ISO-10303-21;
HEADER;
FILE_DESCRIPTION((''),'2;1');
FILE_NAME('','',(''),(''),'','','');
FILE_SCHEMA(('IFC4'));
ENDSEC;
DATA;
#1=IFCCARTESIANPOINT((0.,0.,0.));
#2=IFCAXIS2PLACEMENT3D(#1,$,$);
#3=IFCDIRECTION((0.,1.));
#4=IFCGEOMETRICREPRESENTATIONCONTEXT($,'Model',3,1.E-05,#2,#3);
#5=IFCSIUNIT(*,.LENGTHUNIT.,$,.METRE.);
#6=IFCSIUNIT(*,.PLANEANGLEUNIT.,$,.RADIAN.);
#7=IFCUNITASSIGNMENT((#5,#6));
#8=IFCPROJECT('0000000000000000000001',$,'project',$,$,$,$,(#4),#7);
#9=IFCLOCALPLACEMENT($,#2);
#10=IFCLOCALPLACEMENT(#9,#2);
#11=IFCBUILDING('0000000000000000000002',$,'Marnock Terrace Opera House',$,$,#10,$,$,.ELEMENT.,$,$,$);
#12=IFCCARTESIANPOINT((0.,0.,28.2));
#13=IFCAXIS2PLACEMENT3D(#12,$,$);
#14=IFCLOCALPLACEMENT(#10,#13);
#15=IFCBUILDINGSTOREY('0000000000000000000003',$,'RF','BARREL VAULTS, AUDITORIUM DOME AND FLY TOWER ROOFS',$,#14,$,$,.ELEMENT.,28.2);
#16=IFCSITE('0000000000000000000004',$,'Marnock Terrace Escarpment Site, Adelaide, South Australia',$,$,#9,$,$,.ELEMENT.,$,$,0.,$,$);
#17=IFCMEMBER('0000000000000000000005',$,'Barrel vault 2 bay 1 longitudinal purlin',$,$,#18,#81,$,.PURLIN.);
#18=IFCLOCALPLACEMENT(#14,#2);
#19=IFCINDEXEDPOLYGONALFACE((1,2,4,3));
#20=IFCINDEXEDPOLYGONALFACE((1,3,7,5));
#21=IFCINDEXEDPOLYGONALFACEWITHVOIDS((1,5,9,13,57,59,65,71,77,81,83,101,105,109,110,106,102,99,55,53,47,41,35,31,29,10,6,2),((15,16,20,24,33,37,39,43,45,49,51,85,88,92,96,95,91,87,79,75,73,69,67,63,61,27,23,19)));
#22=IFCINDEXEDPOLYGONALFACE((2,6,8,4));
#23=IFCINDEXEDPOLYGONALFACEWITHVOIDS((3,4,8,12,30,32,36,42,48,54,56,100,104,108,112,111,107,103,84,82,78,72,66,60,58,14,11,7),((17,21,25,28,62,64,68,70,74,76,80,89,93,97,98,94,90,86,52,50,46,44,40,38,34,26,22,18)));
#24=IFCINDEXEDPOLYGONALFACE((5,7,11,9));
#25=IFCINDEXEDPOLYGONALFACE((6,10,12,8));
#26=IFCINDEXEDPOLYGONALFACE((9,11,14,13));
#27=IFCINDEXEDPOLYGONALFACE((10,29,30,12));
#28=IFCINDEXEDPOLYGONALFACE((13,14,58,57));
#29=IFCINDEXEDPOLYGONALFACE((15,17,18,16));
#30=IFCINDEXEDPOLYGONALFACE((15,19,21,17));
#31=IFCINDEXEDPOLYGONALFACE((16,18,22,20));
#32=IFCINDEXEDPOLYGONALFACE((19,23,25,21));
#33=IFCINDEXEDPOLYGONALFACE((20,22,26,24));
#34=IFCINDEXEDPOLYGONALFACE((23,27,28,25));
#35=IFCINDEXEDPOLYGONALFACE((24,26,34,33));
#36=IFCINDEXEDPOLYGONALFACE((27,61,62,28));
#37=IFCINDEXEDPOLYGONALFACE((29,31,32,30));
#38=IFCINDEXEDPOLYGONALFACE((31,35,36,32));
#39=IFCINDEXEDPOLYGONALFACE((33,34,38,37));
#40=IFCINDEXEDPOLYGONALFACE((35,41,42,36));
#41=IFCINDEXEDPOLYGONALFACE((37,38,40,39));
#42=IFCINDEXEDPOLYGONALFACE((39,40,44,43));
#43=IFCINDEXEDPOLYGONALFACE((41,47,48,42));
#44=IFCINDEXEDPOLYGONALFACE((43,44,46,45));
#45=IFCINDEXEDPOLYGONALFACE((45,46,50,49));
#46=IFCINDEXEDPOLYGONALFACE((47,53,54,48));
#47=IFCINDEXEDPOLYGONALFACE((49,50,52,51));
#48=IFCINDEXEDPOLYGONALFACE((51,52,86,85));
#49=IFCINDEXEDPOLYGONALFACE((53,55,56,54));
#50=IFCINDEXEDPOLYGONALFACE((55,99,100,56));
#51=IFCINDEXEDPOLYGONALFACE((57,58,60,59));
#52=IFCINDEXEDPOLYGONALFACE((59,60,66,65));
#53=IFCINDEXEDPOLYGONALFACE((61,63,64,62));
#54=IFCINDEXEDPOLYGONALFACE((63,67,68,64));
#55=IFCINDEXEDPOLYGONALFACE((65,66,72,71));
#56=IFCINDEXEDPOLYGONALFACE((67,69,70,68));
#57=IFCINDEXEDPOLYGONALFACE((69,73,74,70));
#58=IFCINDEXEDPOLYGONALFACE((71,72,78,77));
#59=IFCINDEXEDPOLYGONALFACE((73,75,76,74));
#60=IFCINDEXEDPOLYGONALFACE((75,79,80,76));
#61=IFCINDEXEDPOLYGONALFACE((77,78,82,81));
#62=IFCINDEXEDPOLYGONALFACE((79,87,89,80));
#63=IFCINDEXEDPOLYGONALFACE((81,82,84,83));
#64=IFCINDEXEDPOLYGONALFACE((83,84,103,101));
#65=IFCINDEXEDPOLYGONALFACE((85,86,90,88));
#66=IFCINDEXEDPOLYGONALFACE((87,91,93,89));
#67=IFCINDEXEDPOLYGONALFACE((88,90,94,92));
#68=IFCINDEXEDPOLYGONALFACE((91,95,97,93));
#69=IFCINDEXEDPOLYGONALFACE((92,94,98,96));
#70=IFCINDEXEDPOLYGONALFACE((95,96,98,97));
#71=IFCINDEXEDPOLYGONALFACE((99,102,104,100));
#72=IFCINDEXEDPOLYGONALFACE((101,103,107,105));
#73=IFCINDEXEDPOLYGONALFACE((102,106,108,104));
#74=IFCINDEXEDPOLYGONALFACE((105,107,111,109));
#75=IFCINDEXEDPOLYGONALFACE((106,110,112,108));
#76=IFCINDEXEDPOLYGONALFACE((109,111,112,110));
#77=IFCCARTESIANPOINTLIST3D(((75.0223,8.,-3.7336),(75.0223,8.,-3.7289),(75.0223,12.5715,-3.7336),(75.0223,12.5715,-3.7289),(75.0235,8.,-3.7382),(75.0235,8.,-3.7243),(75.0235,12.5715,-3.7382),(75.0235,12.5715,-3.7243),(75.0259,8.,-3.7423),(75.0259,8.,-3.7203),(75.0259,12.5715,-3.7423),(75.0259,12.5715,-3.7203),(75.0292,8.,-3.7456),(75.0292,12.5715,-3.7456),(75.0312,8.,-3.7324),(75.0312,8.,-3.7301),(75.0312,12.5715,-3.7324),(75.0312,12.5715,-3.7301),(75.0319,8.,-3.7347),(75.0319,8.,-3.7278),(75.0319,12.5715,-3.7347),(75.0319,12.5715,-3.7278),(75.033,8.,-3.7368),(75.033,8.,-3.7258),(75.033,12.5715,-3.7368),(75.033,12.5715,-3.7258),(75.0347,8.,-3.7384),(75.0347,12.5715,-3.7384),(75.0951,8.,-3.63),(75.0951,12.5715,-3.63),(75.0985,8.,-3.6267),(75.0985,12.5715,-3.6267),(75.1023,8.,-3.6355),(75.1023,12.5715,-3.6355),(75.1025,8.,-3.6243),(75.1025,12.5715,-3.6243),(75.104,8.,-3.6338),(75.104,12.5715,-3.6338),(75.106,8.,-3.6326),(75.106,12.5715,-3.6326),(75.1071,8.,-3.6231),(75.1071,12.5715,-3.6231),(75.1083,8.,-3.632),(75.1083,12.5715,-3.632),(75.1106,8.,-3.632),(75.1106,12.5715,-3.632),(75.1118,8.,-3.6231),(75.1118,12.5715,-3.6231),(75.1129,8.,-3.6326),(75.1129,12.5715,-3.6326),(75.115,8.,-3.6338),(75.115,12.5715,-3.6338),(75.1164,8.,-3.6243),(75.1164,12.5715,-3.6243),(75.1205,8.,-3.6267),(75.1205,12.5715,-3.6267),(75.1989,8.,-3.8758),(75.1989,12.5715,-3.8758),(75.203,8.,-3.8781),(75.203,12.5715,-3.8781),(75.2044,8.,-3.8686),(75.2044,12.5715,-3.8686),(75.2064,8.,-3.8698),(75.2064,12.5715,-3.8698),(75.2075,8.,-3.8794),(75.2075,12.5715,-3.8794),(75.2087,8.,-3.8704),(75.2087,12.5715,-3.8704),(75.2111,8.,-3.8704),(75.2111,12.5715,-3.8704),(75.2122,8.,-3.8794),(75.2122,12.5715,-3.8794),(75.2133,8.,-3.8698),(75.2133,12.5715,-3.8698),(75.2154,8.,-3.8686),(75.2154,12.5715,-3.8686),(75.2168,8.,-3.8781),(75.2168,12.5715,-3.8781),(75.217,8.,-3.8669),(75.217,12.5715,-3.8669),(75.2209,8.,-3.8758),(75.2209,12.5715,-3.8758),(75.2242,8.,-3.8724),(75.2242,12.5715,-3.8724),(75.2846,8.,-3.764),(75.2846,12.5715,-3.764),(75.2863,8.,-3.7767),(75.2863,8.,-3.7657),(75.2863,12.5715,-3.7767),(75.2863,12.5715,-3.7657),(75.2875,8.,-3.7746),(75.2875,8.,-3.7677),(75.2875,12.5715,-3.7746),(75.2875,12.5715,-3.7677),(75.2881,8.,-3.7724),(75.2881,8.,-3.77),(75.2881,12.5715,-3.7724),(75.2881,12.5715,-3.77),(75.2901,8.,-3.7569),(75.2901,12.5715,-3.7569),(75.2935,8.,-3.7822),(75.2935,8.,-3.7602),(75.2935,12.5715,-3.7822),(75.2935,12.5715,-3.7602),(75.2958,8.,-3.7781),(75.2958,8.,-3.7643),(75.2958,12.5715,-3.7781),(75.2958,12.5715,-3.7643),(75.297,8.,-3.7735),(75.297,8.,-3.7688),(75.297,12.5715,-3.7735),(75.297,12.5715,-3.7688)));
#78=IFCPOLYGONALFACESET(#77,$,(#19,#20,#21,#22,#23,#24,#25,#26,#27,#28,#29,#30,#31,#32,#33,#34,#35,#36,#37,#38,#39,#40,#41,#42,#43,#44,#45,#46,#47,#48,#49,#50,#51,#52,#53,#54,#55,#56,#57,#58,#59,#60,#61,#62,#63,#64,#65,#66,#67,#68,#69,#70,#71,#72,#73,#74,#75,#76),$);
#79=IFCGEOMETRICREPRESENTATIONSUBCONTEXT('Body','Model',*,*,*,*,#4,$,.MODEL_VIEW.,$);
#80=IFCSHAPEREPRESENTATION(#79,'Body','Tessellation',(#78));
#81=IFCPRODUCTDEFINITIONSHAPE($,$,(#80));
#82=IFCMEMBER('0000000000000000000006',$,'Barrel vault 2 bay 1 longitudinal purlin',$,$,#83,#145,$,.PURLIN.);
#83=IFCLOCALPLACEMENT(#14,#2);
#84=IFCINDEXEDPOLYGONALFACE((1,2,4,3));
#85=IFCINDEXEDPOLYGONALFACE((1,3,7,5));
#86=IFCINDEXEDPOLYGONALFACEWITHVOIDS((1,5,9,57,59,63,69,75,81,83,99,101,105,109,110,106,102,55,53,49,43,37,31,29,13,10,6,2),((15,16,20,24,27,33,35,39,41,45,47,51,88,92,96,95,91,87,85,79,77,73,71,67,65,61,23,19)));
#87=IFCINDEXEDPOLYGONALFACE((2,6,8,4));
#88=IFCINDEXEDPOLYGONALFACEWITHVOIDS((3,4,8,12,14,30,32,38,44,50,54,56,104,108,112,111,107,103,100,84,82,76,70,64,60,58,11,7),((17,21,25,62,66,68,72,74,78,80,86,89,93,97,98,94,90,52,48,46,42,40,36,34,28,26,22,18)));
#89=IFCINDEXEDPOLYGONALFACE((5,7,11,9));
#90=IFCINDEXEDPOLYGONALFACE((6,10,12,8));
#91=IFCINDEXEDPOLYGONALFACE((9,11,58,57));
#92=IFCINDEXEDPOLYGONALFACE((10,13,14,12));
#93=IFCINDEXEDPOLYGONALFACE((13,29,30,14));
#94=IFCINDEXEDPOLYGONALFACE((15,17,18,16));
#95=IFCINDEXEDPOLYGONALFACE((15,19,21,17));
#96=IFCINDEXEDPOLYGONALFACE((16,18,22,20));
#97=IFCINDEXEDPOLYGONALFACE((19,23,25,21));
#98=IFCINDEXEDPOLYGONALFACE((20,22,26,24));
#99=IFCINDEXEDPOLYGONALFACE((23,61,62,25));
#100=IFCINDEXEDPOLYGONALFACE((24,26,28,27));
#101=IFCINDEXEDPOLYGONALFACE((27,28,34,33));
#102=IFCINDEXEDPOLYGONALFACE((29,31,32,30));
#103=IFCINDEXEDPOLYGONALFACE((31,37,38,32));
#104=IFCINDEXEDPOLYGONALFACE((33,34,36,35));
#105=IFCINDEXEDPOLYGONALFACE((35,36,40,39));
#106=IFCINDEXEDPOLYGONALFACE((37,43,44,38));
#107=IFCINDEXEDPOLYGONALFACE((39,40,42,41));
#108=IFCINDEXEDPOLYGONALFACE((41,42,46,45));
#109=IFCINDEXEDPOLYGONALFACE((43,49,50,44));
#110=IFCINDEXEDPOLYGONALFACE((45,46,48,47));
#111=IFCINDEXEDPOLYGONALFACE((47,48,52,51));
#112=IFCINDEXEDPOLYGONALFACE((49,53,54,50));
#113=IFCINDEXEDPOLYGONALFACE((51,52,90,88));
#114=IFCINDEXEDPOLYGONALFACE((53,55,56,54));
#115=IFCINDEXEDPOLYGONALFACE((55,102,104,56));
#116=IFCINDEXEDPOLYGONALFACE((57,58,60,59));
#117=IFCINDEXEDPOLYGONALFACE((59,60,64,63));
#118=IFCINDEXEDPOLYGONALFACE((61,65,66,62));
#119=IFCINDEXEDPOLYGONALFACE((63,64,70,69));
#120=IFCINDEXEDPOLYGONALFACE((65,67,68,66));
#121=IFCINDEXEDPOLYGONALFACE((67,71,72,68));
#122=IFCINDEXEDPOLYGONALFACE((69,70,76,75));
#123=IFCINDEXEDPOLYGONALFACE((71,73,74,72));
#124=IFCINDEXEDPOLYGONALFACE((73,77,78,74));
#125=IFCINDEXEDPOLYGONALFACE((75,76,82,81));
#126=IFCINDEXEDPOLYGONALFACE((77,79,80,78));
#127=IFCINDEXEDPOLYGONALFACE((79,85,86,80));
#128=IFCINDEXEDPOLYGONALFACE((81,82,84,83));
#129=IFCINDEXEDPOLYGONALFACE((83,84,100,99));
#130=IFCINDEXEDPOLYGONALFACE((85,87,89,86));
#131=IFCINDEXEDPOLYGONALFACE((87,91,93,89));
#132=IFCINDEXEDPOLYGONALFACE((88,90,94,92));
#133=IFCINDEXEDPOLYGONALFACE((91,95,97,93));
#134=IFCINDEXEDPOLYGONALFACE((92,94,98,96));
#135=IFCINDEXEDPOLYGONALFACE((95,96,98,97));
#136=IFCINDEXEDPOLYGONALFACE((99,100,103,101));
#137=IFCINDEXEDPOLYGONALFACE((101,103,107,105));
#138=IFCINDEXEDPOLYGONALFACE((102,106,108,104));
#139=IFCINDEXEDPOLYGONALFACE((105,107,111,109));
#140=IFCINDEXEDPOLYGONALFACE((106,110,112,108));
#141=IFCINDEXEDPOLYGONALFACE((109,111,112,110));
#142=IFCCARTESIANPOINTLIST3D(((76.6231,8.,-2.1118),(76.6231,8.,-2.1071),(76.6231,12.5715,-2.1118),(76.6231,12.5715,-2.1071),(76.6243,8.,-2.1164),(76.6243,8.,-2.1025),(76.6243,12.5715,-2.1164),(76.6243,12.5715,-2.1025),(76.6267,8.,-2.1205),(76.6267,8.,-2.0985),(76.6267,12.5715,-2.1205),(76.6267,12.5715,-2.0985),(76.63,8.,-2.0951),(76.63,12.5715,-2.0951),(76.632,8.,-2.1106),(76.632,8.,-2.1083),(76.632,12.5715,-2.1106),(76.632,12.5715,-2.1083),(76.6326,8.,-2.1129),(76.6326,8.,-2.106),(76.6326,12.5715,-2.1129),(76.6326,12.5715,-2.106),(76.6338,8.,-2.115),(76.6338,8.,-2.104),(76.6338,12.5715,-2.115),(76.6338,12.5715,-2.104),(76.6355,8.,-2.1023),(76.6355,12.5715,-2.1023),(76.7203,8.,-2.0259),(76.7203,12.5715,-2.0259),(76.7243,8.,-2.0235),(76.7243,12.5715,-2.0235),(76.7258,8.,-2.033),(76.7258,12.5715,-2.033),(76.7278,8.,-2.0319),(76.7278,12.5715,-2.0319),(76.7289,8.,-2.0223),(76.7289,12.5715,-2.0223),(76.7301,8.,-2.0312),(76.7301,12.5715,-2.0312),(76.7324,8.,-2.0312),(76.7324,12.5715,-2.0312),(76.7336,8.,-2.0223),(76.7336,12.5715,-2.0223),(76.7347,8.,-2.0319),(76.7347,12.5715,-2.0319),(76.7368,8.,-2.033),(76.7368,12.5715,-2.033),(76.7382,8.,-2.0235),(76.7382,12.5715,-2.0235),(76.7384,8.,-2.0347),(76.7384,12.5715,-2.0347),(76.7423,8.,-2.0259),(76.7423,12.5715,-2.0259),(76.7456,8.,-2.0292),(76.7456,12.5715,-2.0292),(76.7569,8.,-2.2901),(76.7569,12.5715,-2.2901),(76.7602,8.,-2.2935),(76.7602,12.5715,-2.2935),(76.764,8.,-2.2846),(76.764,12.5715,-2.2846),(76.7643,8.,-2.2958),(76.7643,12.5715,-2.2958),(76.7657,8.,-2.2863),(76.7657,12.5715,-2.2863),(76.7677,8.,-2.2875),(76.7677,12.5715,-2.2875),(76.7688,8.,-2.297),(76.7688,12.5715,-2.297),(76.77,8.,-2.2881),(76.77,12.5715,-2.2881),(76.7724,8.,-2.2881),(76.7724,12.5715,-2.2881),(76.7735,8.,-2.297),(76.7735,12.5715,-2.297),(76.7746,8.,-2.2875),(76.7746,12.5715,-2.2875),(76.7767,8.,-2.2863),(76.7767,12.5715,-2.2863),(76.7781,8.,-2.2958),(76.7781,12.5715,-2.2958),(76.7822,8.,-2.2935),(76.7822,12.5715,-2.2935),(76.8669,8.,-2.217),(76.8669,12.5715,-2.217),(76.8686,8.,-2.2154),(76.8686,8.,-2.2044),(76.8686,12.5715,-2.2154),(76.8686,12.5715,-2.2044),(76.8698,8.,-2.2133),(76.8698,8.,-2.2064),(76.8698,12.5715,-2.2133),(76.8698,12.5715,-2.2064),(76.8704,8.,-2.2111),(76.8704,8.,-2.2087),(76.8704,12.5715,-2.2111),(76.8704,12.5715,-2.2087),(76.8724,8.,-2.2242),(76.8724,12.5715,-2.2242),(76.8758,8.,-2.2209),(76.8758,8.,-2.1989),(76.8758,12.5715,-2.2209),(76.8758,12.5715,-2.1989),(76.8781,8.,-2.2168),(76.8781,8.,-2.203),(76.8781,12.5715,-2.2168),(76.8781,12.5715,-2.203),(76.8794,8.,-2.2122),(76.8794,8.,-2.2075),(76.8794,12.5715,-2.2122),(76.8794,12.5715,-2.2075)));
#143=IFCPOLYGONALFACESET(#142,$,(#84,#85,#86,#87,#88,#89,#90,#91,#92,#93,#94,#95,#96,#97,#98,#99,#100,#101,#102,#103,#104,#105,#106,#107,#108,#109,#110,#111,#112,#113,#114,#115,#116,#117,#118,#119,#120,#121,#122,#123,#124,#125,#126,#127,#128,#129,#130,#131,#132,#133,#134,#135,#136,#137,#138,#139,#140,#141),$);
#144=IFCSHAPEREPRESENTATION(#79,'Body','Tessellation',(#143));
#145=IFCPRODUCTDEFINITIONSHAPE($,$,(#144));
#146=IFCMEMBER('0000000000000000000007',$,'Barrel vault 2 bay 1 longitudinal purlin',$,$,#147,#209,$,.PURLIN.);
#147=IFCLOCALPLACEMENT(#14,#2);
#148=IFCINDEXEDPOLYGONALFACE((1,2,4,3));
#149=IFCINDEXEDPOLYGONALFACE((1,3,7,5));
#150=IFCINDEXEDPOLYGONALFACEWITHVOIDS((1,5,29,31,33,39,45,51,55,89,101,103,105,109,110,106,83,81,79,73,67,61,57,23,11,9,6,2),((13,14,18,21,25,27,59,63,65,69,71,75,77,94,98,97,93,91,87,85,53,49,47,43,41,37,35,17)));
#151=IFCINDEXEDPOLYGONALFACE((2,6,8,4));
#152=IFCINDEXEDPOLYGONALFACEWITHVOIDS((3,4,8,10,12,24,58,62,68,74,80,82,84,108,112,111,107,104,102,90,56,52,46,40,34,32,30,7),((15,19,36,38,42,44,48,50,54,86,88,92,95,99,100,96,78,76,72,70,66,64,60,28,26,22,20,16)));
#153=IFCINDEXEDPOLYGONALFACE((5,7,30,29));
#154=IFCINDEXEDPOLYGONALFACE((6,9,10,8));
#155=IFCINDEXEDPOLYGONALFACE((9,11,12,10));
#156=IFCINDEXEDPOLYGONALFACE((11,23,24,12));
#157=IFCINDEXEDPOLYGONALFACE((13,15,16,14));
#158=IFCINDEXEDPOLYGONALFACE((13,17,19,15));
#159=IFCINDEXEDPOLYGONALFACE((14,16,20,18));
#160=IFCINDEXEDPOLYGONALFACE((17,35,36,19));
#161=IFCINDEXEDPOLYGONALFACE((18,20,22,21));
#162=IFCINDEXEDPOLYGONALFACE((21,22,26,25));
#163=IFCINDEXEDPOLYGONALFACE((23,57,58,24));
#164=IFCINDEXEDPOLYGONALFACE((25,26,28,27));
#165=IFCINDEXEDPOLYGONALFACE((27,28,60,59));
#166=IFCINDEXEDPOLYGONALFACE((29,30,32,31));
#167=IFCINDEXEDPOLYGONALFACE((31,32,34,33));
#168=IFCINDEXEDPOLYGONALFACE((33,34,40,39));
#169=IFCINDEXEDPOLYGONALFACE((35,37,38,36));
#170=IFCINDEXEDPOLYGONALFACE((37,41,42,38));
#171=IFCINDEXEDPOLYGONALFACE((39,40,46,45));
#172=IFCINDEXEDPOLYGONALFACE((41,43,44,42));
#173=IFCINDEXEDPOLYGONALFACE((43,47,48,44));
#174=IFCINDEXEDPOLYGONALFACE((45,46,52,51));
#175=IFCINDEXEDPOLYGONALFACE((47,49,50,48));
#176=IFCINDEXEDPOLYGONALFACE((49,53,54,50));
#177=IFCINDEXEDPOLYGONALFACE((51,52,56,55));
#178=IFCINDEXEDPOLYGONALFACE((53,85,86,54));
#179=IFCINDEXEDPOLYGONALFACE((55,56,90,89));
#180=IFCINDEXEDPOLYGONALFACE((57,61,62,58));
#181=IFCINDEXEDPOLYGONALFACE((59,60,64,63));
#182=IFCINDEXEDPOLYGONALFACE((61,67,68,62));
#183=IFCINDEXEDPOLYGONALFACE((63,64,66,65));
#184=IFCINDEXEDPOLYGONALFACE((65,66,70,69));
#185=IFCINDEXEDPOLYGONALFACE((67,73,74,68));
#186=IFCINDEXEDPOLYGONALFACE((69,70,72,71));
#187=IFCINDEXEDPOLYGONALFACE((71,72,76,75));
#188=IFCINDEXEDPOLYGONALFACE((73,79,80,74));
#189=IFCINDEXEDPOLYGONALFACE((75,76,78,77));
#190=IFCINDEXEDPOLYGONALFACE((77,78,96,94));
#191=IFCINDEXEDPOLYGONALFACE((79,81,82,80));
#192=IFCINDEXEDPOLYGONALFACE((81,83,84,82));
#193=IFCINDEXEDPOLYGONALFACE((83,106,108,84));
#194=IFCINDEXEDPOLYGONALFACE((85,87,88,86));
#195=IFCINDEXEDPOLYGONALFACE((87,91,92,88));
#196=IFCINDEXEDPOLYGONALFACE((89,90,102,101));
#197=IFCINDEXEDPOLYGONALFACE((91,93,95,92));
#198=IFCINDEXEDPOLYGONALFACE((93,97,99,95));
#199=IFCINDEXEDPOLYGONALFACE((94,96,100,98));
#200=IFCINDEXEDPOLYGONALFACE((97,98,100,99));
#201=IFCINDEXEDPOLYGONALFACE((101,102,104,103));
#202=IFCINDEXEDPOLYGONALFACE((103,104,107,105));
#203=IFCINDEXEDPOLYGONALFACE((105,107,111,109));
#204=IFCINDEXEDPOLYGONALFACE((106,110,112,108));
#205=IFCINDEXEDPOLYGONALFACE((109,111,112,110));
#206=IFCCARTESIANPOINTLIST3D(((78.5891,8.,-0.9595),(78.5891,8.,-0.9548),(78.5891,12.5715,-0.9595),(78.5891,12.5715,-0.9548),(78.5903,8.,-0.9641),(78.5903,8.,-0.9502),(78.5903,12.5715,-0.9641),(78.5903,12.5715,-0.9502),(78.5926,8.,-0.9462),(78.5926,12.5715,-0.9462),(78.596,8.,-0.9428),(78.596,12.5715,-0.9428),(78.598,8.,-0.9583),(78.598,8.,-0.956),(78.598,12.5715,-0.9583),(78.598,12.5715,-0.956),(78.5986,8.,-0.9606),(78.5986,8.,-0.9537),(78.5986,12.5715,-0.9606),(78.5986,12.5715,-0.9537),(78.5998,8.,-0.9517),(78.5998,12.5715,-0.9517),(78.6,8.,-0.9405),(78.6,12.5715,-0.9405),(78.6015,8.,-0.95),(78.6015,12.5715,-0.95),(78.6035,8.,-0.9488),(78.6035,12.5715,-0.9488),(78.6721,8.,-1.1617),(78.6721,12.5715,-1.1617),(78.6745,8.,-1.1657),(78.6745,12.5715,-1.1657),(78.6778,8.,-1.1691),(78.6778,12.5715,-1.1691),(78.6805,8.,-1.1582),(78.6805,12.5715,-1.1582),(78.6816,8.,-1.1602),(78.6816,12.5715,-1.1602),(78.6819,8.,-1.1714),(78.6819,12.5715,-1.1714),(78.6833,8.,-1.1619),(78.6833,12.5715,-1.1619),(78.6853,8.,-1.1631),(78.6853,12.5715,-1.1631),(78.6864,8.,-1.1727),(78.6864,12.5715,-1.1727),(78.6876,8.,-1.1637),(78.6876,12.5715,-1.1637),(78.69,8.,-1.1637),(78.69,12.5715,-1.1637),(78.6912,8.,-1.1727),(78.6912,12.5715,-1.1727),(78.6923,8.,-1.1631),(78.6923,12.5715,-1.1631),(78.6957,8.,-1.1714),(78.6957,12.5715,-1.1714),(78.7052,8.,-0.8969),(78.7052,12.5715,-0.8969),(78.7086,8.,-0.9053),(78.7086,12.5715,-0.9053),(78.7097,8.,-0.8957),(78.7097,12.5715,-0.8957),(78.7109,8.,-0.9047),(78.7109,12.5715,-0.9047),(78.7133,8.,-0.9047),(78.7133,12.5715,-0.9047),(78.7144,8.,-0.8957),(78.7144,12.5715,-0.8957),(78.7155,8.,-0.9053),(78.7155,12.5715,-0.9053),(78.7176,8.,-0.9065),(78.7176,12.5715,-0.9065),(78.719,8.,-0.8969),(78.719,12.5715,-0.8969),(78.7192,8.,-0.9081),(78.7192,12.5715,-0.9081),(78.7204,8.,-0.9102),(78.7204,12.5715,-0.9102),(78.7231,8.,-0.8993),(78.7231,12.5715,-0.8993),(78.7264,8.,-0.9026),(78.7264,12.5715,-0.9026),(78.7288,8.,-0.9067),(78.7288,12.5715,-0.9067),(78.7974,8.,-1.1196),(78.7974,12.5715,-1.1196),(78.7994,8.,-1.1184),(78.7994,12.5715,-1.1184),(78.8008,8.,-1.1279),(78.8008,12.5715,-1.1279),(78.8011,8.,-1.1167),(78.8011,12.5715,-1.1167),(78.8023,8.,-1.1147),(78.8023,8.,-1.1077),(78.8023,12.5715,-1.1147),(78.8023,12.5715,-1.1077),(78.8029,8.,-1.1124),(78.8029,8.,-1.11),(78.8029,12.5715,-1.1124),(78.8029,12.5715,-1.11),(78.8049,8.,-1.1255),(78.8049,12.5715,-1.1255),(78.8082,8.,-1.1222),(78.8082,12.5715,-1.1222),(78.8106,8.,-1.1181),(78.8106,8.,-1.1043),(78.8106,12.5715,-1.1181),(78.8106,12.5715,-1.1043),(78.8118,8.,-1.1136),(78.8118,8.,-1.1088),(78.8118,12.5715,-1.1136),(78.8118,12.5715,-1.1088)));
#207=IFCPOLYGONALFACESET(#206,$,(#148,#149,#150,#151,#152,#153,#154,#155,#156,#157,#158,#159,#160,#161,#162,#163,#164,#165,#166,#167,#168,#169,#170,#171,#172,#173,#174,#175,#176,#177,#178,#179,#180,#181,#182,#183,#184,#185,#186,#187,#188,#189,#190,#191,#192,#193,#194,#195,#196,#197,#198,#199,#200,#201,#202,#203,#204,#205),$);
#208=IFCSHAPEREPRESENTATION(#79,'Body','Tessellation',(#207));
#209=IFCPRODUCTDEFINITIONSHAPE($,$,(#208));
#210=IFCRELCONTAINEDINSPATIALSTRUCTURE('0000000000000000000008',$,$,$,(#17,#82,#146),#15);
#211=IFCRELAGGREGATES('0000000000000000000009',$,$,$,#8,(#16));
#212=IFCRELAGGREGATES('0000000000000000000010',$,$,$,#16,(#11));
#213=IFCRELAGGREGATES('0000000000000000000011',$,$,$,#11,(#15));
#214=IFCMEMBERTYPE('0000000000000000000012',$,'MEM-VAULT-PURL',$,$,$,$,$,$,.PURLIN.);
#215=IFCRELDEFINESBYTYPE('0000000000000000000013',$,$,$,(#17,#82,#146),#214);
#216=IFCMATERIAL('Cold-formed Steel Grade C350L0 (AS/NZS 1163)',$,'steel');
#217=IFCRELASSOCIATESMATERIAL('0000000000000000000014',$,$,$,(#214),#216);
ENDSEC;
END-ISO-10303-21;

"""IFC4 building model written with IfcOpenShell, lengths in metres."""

from ifc_helpers import new_model, si_unit, direction, frame, origin, origin_2d, place, context, subcontext, project, spatial, hollow_rectangle, extrude, material, material_profile, profile_set, type_object, element, save


model = new_model("IFC4")

# Units and contexts
model_context = context("Model", 3, precision=1e-05, world=origin(), true_north=direction((0.0, 1.0)))
body_context = subcontext(model_context, "Body", "Model", "MODEL_VIEW")
ifc_project = project(units=[si_unit("LENGTHUNIT", "METRE"), si_unit("PLANEANGLEUNIT", "RADIAN")], contexts=[model_context])

# Site, building, storey
site_placement = place(None, origin())
site = spatial("IfcSite", under=ifc_project, at=site_placement, Name="Marnock Terrace Escarpment Site, Adelaide, South Australia", CompositionType="ELEMENT", RefElevation=0.0)
building_placement = place(site_placement, origin())
building = spatial("IfcBuilding", under=site, at=building_placement, Name="Marnock Terrace Opera House", CompositionType="ELEMENT")
storey_placement = place(building_placement, frame((0.0, 0.0, 28.2)))
storey = spatial("IfcBuildingStorey", under=building, at=storey_placement, Name="RF", Description="BARREL VAULTS, AUDITORIUM DOME AND FLY TOWER ROOFS", CompositionType="ELEMENT", Elevation=28.2)

# Members
ifc_material_1 = material(Name="Cold-formed Steel Grade C350L0 (AS/NZS 1163)", Category="steel")
ifc_material_profile_1 = material_profile(ifc_material_1, hollow_rectangle(XDim=0.1499, YDim=0.25, WallThickness=0.009, InnerFilletRadius=0.009, OuterFilletRadius=0.0181, at=origin_2d()))
ifc_profile_set_1 = profile_set([ifc_material_profile_1], Name="Cold-formed Steel Grade C350L0 (AS/NZS 1163)")
member_type_1 = type_object("IfcMemberType", Name="MEM-VAULT-PURL", PredefinedType="PURLIN", material=ifc_profile_set_1)
for number, where, z_axis, x_axis, name in (
    (1, (75.1597, 8.0, -3.7512), (0.0, 1.0, 0.0), (-0.608761, 0.0, -0.793353), "Barrel vault 2 bay 1 longitudinal purlin"),
    (2, (76.7512, 8.0, -2.1597), (0.0, 1.0, 0.0), (-0.793353, 0.0, -0.608761), "Barrel vault 2 bay 1 longitudinal purlin"),
    (3, (78.7004, 8.0, -1.0342), (0.0, 1.0, 0.0), (-0.92388, 0.0, -0.382683), "Barrel vault 2 bay 1 longitudinal purlin"),
):
    element("IfcMember", number, at=place(storey_placement, frame(where, z_axis=z_axis, x_axis=x_axis)), inside=storey, type_object=member_type_1, Name=name, PredefinedType="PURLIN", context=body_context, shape_type="SweptSolid", body=[
        extrude(hollow_rectangle(XDim=0.1499, YDim=0.25, WallThickness=0.009, InnerFilletRadius=0.009, OuterFilletRadius=0.0181, at=origin_2d()), origin(), (0.0, 0.0, 1.0), 4.5715),
    ])

save(model, "model.ifc")
